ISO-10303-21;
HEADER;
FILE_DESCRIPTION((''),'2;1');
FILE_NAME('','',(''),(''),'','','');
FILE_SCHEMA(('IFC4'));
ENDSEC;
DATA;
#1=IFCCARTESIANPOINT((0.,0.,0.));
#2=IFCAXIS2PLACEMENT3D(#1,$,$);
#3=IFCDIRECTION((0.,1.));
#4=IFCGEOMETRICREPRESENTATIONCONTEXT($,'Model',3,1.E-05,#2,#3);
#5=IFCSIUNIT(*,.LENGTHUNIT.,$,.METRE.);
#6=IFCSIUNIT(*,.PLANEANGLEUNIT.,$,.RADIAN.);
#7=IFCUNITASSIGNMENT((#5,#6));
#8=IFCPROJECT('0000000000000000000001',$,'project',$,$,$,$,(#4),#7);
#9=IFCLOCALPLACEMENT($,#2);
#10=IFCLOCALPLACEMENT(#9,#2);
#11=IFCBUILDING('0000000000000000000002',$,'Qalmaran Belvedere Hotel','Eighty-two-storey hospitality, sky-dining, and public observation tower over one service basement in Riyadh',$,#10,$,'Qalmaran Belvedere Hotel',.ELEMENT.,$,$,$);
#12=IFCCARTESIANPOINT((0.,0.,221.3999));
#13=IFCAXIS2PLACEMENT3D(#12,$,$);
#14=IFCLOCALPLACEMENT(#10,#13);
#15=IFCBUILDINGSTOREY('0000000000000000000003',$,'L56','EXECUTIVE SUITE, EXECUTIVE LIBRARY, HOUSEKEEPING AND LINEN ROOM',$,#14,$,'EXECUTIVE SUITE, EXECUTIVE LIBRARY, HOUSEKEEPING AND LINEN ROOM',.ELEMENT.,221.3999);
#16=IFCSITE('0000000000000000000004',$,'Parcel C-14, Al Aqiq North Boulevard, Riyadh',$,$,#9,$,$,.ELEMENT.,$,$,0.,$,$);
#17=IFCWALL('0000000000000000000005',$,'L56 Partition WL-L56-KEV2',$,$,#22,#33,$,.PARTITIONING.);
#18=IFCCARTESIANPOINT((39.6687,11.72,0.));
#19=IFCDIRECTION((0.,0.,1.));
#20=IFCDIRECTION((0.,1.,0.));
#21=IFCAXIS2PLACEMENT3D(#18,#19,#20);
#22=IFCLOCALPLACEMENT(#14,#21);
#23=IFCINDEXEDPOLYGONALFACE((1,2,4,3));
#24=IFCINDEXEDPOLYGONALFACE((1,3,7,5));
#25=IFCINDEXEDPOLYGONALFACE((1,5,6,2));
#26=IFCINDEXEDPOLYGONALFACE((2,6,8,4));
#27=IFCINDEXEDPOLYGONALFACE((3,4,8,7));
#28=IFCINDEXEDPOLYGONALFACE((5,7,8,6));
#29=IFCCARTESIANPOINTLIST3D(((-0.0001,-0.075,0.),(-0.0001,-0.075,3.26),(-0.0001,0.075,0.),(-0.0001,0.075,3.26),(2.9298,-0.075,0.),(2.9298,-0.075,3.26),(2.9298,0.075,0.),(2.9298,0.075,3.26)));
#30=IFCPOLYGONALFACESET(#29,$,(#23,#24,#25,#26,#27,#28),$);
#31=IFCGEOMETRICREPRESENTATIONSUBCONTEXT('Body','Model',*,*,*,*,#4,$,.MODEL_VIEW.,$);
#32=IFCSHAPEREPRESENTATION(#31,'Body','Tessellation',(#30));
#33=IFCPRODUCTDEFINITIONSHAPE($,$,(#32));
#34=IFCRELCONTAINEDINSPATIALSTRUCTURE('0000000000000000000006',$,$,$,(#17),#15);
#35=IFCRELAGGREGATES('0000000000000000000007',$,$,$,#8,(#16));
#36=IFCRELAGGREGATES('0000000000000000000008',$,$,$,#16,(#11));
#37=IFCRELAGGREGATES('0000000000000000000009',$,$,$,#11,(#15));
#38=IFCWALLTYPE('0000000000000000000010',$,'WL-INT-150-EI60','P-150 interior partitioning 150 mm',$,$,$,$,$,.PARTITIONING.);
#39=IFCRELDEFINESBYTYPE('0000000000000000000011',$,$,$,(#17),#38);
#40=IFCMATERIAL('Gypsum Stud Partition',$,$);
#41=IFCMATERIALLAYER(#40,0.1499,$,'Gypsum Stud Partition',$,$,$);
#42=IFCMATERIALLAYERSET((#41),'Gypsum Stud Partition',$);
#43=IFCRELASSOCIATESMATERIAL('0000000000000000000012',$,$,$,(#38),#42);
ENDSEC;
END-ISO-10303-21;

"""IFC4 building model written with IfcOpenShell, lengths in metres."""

from ifc_helpers import new_model, si_unit, direction, frame, frame_2d, origin, place, context, subcontext, project, spatial, rectangle, extrude, material, layer, layer_set, type_object, element, save


model = new_model("IFC4")

# Units and contexts
model_context = context("Model", 3, precision=1e-05, world=origin(), true_north=direction((0.0, 1.0)))
body_context = subcontext(model_context, "Body", "Model", "MODEL_VIEW")
ifc_project = project(units=[si_unit("LENGTHUNIT", "METRE"), si_unit("PLANEANGLEUNIT", "RADIAN")], contexts=[model_context])

# Site, building, storey
site_placement = place(None, origin())
site = spatial("IfcSite", under=ifc_project, at=site_placement, Name="Parcel C-14, Al Aqiq North Boulevard, Riyadh", CompositionType="ELEMENT", RefElevation=0.0)
building_placement = place(site_placement, origin())
building = spatial("IfcBuilding", under=site, at=building_placement, Name="Qalmaran Belvedere Hotel", Description="Eighty-two-storey hospitality, sky-dining, and public observation tower over one service basement in Riyadh", LongName="Qalmaran Belvedere Hotel", CompositionType="ELEMENT")
storey_placement = place(building_placement, frame((0.0, 0.0, 221.3999)))
storey = spatial("IfcBuildingStorey", under=building, at=storey_placement, Name="L56", Description="EXECUTIVE SUITE, EXECUTIVE LIBRARY, HOUSEKEEPING AND LINEN ROOM", LongName="EXECUTIVE SUITE, EXECUTIVE LIBRARY, HOUSEKEEPING AND LINEN ROOM", CompositionType="ELEMENT", Elevation=221.3999)

# Wall
ifc_material_1 = material(Name="Gypsum Stud Partition")
ifc_layer_1 = layer(ifc_material_1, 0.1499, Name="Gypsum Stud Partition")
ifc_layer_set_1 = layer_set([ifc_layer_1], Name="Gypsum Stud Partition")
wall_type_1 = type_object("IfcWallType", Name="WL-INT-150-EI60", Description="P-150 interior partitioning 150 mm", PredefinedType="PARTITIONING", material=ifc_layer_set_1)
wall_1_placement = place(storey_placement, frame((39.6687, 11.72, 0.0), z_axis=(0.0, 0.0, 1.0), x_axis=(0.0, 1.0, 0.0)))
element("IfcWall", 1, at=wall_1_placement, inside=storey, type_object=wall_type_1, Name="L56 Partition WL-L56-KEV2", PredefinedType="PARTITIONING", context=body_context, shape_type="SweptSolid", body=[
    extrude(rectangle(XDim=2.9299, YDim=0.1499, at=frame_2d((1.4648, 0.0))), origin(), (0.0, 0.0, 1.0), 3.26),
])

save(model, "model.ifc")
